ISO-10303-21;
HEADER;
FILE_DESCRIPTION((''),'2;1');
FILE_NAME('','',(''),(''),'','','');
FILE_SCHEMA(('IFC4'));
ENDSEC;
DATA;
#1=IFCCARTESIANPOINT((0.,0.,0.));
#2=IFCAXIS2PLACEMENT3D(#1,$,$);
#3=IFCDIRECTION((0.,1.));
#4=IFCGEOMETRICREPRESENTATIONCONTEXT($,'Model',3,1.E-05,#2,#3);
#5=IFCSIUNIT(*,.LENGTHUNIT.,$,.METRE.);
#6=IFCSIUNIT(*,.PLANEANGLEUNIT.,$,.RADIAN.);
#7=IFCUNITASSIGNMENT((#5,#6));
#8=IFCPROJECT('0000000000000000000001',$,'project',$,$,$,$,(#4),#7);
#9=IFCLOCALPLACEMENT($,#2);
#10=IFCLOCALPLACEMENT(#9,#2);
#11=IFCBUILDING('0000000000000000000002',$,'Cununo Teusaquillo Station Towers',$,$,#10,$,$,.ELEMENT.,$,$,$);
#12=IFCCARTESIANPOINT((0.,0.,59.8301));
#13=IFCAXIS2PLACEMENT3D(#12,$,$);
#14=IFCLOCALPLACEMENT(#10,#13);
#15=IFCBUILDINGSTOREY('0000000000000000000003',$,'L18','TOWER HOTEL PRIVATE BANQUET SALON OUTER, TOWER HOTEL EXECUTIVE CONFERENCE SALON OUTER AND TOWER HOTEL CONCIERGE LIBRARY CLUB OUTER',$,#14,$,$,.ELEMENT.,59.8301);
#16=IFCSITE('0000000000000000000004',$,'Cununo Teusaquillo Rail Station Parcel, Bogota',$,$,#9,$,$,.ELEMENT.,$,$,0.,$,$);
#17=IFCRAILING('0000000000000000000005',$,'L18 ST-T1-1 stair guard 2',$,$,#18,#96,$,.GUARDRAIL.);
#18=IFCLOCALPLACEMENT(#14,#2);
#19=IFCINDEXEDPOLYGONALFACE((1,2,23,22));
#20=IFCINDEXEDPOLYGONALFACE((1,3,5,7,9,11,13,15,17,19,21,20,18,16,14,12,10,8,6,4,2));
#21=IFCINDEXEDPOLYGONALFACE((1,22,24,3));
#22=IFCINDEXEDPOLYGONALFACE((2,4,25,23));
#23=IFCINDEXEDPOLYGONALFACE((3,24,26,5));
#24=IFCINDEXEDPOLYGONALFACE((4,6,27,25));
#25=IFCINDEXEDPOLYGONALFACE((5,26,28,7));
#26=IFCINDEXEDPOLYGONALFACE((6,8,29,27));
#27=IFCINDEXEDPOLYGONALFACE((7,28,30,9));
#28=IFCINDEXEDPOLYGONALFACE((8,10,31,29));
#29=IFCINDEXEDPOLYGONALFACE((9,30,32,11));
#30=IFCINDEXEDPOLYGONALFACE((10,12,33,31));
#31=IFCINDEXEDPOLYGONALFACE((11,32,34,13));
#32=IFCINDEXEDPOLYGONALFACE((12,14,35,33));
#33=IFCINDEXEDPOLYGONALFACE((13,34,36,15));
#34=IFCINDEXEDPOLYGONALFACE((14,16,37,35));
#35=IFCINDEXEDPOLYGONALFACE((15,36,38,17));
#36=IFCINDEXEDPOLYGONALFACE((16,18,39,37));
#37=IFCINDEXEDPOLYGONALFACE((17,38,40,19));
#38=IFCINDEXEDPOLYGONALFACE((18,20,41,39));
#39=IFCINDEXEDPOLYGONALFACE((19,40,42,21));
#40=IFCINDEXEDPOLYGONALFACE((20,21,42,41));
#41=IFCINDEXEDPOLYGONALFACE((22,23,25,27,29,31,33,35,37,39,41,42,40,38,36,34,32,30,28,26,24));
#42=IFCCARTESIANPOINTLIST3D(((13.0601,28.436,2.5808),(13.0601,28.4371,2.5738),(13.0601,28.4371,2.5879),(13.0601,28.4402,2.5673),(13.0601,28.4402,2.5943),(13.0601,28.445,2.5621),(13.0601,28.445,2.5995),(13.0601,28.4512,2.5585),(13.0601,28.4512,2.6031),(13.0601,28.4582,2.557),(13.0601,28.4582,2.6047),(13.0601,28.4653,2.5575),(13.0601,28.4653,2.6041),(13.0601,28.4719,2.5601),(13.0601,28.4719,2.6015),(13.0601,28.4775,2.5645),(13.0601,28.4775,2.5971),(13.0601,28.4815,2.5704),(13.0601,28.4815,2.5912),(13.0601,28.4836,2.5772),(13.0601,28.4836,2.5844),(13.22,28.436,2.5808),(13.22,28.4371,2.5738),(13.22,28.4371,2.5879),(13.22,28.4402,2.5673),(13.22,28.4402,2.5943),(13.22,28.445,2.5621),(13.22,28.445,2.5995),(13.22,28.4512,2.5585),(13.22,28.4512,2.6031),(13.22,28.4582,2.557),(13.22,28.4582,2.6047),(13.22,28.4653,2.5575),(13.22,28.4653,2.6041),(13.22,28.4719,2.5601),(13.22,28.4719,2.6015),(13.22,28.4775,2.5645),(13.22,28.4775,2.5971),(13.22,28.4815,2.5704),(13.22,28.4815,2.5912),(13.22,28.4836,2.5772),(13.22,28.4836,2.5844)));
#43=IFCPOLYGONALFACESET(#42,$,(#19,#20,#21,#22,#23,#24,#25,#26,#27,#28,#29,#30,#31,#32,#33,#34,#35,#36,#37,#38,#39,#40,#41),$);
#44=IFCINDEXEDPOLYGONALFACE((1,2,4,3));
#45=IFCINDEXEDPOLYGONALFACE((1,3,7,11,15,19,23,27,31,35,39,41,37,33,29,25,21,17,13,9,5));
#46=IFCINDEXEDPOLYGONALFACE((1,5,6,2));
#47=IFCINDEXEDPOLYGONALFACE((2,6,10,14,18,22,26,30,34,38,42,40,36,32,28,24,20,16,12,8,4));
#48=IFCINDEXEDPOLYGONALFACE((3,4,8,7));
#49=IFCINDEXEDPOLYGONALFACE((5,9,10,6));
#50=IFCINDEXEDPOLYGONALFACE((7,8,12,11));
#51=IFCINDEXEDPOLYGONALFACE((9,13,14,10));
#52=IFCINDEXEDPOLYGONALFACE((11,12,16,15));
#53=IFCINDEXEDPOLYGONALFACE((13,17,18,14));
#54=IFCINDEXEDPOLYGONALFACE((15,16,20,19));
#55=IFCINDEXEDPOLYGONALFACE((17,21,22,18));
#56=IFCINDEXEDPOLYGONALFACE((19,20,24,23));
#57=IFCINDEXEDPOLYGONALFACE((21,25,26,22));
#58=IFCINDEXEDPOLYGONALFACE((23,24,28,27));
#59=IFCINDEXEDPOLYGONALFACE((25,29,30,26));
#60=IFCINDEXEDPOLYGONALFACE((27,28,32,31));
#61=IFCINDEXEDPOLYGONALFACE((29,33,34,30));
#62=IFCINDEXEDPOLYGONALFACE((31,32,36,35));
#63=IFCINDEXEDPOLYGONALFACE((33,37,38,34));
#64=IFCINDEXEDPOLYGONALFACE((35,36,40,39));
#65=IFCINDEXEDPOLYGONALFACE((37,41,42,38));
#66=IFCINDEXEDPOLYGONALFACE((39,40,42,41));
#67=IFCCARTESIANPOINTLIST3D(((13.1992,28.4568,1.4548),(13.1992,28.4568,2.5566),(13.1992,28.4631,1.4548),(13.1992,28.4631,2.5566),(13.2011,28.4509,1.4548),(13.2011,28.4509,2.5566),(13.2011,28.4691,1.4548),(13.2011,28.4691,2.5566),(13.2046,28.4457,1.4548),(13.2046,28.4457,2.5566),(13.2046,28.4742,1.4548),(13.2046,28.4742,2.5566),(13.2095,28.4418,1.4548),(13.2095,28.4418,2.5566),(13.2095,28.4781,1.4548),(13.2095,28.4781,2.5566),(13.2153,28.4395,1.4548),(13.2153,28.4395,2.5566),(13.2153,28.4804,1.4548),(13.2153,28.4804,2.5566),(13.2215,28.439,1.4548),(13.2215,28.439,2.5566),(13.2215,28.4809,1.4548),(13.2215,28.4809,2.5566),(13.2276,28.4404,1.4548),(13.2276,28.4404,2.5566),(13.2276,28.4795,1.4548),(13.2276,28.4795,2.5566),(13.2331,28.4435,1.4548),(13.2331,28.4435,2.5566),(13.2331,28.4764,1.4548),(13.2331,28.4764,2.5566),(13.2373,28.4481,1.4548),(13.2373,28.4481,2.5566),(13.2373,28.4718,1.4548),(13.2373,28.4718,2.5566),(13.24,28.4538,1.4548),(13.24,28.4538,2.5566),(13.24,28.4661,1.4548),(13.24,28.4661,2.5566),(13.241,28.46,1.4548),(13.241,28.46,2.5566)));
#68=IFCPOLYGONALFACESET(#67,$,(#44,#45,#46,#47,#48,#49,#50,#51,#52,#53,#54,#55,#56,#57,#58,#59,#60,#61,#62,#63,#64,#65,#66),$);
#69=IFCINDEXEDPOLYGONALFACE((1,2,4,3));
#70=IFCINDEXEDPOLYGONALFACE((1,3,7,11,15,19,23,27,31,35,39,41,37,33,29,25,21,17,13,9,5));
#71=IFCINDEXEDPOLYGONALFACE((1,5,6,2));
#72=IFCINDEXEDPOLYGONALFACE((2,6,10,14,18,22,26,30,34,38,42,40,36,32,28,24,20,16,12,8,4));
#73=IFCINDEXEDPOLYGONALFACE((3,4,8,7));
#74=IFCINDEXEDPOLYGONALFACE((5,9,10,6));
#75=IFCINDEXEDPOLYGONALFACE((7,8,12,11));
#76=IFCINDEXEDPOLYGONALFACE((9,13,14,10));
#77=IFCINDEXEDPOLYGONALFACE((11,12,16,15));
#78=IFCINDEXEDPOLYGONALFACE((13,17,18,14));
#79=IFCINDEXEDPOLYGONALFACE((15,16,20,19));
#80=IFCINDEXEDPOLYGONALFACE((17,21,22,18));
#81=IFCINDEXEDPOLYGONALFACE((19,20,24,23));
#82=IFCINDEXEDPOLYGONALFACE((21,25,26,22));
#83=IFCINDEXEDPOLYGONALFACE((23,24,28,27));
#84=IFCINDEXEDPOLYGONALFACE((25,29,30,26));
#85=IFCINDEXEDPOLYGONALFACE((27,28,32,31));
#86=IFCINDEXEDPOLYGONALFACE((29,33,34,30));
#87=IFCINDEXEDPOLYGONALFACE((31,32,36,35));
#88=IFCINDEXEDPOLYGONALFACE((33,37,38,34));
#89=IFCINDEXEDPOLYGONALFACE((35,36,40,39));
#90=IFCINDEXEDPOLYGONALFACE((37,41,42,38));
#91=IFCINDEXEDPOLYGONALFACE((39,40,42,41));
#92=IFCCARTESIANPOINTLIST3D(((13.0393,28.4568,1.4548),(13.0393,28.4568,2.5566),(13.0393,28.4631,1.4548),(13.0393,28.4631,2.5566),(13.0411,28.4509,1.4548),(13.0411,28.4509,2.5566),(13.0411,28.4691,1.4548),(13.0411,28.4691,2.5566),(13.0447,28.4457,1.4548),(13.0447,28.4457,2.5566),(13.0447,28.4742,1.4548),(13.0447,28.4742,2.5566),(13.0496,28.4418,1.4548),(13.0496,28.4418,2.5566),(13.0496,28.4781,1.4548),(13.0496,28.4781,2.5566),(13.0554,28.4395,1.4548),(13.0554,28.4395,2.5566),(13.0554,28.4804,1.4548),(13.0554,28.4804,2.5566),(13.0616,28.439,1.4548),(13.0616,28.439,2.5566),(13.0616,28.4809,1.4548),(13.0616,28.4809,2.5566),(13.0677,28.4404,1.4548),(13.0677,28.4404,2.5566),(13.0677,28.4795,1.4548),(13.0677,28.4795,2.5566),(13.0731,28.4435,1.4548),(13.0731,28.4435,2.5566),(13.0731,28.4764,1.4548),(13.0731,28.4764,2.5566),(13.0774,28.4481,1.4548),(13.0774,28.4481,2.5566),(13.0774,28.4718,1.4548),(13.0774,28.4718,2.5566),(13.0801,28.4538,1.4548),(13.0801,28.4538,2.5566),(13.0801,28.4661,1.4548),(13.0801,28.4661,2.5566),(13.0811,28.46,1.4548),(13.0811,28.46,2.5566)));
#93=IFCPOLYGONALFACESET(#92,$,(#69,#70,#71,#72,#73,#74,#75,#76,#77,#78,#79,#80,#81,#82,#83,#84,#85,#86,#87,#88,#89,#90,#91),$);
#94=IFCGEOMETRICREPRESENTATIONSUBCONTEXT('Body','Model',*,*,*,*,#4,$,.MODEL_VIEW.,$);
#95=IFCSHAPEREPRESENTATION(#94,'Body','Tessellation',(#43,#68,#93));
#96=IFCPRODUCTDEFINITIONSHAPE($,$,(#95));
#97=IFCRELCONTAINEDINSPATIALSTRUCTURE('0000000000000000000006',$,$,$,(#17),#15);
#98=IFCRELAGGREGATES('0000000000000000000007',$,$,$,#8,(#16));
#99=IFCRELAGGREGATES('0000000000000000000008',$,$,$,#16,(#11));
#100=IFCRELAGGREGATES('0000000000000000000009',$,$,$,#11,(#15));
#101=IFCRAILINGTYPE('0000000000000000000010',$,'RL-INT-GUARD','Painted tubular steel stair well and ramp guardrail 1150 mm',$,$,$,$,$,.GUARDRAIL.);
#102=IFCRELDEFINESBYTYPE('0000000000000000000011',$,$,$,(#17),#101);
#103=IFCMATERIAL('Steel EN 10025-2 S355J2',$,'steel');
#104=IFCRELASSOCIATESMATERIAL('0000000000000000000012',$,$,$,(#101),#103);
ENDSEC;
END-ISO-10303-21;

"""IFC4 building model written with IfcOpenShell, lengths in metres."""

from ifc_helpers import new_model, si_unit, direction, frame, origin, origin_2d, place, context, subcontext, project, spatial, circle, extrude, material, type_object, element, save


model = new_model("IFC4")

# Units and contexts
model_context = context("Model", 3, precision=1e-05, world=origin(), true_north=direction((0.0, 1.0)))
body_context = subcontext(model_context, "Body", "Model", "MODEL_VIEW")
ifc_project = project(units=[si_unit("LENGTHUNIT", "METRE"), si_unit("PLANEANGLEUNIT", "RADIAN")], contexts=[model_context])

# Site, building, storey
site_placement = place(None, origin())
site = spatial("IfcSite", under=ifc_project, at=site_placement, Name="Cununo Teusaquillo Rail Station Parcel, Bogota", CompositionType="ELEMENT", RefElevation=0.0)
building_placement = place(site_placement, origin())
building = spatial("IfcBuilding", under=site, at=building_placement, Name="Cununo Teusaquillo Station Towers", CompositionType="ELEMENT")
storey_placement = place(building_placement, frame((0.0, 0.0, 59.8301)))
storey = spatial("IfcBuildingStorey", under=building, at=storey_placement, Name="L18", Description="TOWER HOTEL PRIVATE BANQUET SALON OUTER, TOWER HOTEL EXECUTIVE CONFERENCE SALON OUTER AND TOWER HOTEL CONCIERGE LIBRARY CLUB OUTER", CompositionType="ELEMENT", Elevation=59.8301)

# Railing
ifc_material_1 = material(Name="Steel EN 10025-2 S355J2", Category="steel")
railing_type_1 = type_object("IfcRailingType", Name="RL-INT-GUARD", Description="Painted tubular steel stair well and ramp guardrail 1150 mm", PredefinedType="GUARDRAIL", material=ifc_material_1)
railing_1_placement = place(storey_placement, frame((13.22, 28.46, 1.4548)))
element("IfcRailing", 1, at=railing_1_placement, inside=storey, type_object=railing_type_1, Name="L18 ST-T1-1 stair guard 2", PredefinedType="GUARDRAIL", context=body_context, shape_type="SweptSolid", body=[
    extrude(circle(Radius=0.0239, at=origin_2d()), frame((0.0, 0.0, 1.126), z_axis=(-1.0, 0.0, 0.0), x_axis=(0.0, -1.0, 0.0)), (0.0, 0.0, 1.0), 0.1599),
    extrude(circle(Radius=0.021, at=origin_2d()), origin(), (0.0, 0.0, 1.0), 1.1018),
    extrude(circle(Radius=0.021, at=origin_2d()), frame((-0.1599, 0.0, 0.0)), (0.0, 0.0, 1.0), 1.1018),
])

save(model, "model.ifc")
